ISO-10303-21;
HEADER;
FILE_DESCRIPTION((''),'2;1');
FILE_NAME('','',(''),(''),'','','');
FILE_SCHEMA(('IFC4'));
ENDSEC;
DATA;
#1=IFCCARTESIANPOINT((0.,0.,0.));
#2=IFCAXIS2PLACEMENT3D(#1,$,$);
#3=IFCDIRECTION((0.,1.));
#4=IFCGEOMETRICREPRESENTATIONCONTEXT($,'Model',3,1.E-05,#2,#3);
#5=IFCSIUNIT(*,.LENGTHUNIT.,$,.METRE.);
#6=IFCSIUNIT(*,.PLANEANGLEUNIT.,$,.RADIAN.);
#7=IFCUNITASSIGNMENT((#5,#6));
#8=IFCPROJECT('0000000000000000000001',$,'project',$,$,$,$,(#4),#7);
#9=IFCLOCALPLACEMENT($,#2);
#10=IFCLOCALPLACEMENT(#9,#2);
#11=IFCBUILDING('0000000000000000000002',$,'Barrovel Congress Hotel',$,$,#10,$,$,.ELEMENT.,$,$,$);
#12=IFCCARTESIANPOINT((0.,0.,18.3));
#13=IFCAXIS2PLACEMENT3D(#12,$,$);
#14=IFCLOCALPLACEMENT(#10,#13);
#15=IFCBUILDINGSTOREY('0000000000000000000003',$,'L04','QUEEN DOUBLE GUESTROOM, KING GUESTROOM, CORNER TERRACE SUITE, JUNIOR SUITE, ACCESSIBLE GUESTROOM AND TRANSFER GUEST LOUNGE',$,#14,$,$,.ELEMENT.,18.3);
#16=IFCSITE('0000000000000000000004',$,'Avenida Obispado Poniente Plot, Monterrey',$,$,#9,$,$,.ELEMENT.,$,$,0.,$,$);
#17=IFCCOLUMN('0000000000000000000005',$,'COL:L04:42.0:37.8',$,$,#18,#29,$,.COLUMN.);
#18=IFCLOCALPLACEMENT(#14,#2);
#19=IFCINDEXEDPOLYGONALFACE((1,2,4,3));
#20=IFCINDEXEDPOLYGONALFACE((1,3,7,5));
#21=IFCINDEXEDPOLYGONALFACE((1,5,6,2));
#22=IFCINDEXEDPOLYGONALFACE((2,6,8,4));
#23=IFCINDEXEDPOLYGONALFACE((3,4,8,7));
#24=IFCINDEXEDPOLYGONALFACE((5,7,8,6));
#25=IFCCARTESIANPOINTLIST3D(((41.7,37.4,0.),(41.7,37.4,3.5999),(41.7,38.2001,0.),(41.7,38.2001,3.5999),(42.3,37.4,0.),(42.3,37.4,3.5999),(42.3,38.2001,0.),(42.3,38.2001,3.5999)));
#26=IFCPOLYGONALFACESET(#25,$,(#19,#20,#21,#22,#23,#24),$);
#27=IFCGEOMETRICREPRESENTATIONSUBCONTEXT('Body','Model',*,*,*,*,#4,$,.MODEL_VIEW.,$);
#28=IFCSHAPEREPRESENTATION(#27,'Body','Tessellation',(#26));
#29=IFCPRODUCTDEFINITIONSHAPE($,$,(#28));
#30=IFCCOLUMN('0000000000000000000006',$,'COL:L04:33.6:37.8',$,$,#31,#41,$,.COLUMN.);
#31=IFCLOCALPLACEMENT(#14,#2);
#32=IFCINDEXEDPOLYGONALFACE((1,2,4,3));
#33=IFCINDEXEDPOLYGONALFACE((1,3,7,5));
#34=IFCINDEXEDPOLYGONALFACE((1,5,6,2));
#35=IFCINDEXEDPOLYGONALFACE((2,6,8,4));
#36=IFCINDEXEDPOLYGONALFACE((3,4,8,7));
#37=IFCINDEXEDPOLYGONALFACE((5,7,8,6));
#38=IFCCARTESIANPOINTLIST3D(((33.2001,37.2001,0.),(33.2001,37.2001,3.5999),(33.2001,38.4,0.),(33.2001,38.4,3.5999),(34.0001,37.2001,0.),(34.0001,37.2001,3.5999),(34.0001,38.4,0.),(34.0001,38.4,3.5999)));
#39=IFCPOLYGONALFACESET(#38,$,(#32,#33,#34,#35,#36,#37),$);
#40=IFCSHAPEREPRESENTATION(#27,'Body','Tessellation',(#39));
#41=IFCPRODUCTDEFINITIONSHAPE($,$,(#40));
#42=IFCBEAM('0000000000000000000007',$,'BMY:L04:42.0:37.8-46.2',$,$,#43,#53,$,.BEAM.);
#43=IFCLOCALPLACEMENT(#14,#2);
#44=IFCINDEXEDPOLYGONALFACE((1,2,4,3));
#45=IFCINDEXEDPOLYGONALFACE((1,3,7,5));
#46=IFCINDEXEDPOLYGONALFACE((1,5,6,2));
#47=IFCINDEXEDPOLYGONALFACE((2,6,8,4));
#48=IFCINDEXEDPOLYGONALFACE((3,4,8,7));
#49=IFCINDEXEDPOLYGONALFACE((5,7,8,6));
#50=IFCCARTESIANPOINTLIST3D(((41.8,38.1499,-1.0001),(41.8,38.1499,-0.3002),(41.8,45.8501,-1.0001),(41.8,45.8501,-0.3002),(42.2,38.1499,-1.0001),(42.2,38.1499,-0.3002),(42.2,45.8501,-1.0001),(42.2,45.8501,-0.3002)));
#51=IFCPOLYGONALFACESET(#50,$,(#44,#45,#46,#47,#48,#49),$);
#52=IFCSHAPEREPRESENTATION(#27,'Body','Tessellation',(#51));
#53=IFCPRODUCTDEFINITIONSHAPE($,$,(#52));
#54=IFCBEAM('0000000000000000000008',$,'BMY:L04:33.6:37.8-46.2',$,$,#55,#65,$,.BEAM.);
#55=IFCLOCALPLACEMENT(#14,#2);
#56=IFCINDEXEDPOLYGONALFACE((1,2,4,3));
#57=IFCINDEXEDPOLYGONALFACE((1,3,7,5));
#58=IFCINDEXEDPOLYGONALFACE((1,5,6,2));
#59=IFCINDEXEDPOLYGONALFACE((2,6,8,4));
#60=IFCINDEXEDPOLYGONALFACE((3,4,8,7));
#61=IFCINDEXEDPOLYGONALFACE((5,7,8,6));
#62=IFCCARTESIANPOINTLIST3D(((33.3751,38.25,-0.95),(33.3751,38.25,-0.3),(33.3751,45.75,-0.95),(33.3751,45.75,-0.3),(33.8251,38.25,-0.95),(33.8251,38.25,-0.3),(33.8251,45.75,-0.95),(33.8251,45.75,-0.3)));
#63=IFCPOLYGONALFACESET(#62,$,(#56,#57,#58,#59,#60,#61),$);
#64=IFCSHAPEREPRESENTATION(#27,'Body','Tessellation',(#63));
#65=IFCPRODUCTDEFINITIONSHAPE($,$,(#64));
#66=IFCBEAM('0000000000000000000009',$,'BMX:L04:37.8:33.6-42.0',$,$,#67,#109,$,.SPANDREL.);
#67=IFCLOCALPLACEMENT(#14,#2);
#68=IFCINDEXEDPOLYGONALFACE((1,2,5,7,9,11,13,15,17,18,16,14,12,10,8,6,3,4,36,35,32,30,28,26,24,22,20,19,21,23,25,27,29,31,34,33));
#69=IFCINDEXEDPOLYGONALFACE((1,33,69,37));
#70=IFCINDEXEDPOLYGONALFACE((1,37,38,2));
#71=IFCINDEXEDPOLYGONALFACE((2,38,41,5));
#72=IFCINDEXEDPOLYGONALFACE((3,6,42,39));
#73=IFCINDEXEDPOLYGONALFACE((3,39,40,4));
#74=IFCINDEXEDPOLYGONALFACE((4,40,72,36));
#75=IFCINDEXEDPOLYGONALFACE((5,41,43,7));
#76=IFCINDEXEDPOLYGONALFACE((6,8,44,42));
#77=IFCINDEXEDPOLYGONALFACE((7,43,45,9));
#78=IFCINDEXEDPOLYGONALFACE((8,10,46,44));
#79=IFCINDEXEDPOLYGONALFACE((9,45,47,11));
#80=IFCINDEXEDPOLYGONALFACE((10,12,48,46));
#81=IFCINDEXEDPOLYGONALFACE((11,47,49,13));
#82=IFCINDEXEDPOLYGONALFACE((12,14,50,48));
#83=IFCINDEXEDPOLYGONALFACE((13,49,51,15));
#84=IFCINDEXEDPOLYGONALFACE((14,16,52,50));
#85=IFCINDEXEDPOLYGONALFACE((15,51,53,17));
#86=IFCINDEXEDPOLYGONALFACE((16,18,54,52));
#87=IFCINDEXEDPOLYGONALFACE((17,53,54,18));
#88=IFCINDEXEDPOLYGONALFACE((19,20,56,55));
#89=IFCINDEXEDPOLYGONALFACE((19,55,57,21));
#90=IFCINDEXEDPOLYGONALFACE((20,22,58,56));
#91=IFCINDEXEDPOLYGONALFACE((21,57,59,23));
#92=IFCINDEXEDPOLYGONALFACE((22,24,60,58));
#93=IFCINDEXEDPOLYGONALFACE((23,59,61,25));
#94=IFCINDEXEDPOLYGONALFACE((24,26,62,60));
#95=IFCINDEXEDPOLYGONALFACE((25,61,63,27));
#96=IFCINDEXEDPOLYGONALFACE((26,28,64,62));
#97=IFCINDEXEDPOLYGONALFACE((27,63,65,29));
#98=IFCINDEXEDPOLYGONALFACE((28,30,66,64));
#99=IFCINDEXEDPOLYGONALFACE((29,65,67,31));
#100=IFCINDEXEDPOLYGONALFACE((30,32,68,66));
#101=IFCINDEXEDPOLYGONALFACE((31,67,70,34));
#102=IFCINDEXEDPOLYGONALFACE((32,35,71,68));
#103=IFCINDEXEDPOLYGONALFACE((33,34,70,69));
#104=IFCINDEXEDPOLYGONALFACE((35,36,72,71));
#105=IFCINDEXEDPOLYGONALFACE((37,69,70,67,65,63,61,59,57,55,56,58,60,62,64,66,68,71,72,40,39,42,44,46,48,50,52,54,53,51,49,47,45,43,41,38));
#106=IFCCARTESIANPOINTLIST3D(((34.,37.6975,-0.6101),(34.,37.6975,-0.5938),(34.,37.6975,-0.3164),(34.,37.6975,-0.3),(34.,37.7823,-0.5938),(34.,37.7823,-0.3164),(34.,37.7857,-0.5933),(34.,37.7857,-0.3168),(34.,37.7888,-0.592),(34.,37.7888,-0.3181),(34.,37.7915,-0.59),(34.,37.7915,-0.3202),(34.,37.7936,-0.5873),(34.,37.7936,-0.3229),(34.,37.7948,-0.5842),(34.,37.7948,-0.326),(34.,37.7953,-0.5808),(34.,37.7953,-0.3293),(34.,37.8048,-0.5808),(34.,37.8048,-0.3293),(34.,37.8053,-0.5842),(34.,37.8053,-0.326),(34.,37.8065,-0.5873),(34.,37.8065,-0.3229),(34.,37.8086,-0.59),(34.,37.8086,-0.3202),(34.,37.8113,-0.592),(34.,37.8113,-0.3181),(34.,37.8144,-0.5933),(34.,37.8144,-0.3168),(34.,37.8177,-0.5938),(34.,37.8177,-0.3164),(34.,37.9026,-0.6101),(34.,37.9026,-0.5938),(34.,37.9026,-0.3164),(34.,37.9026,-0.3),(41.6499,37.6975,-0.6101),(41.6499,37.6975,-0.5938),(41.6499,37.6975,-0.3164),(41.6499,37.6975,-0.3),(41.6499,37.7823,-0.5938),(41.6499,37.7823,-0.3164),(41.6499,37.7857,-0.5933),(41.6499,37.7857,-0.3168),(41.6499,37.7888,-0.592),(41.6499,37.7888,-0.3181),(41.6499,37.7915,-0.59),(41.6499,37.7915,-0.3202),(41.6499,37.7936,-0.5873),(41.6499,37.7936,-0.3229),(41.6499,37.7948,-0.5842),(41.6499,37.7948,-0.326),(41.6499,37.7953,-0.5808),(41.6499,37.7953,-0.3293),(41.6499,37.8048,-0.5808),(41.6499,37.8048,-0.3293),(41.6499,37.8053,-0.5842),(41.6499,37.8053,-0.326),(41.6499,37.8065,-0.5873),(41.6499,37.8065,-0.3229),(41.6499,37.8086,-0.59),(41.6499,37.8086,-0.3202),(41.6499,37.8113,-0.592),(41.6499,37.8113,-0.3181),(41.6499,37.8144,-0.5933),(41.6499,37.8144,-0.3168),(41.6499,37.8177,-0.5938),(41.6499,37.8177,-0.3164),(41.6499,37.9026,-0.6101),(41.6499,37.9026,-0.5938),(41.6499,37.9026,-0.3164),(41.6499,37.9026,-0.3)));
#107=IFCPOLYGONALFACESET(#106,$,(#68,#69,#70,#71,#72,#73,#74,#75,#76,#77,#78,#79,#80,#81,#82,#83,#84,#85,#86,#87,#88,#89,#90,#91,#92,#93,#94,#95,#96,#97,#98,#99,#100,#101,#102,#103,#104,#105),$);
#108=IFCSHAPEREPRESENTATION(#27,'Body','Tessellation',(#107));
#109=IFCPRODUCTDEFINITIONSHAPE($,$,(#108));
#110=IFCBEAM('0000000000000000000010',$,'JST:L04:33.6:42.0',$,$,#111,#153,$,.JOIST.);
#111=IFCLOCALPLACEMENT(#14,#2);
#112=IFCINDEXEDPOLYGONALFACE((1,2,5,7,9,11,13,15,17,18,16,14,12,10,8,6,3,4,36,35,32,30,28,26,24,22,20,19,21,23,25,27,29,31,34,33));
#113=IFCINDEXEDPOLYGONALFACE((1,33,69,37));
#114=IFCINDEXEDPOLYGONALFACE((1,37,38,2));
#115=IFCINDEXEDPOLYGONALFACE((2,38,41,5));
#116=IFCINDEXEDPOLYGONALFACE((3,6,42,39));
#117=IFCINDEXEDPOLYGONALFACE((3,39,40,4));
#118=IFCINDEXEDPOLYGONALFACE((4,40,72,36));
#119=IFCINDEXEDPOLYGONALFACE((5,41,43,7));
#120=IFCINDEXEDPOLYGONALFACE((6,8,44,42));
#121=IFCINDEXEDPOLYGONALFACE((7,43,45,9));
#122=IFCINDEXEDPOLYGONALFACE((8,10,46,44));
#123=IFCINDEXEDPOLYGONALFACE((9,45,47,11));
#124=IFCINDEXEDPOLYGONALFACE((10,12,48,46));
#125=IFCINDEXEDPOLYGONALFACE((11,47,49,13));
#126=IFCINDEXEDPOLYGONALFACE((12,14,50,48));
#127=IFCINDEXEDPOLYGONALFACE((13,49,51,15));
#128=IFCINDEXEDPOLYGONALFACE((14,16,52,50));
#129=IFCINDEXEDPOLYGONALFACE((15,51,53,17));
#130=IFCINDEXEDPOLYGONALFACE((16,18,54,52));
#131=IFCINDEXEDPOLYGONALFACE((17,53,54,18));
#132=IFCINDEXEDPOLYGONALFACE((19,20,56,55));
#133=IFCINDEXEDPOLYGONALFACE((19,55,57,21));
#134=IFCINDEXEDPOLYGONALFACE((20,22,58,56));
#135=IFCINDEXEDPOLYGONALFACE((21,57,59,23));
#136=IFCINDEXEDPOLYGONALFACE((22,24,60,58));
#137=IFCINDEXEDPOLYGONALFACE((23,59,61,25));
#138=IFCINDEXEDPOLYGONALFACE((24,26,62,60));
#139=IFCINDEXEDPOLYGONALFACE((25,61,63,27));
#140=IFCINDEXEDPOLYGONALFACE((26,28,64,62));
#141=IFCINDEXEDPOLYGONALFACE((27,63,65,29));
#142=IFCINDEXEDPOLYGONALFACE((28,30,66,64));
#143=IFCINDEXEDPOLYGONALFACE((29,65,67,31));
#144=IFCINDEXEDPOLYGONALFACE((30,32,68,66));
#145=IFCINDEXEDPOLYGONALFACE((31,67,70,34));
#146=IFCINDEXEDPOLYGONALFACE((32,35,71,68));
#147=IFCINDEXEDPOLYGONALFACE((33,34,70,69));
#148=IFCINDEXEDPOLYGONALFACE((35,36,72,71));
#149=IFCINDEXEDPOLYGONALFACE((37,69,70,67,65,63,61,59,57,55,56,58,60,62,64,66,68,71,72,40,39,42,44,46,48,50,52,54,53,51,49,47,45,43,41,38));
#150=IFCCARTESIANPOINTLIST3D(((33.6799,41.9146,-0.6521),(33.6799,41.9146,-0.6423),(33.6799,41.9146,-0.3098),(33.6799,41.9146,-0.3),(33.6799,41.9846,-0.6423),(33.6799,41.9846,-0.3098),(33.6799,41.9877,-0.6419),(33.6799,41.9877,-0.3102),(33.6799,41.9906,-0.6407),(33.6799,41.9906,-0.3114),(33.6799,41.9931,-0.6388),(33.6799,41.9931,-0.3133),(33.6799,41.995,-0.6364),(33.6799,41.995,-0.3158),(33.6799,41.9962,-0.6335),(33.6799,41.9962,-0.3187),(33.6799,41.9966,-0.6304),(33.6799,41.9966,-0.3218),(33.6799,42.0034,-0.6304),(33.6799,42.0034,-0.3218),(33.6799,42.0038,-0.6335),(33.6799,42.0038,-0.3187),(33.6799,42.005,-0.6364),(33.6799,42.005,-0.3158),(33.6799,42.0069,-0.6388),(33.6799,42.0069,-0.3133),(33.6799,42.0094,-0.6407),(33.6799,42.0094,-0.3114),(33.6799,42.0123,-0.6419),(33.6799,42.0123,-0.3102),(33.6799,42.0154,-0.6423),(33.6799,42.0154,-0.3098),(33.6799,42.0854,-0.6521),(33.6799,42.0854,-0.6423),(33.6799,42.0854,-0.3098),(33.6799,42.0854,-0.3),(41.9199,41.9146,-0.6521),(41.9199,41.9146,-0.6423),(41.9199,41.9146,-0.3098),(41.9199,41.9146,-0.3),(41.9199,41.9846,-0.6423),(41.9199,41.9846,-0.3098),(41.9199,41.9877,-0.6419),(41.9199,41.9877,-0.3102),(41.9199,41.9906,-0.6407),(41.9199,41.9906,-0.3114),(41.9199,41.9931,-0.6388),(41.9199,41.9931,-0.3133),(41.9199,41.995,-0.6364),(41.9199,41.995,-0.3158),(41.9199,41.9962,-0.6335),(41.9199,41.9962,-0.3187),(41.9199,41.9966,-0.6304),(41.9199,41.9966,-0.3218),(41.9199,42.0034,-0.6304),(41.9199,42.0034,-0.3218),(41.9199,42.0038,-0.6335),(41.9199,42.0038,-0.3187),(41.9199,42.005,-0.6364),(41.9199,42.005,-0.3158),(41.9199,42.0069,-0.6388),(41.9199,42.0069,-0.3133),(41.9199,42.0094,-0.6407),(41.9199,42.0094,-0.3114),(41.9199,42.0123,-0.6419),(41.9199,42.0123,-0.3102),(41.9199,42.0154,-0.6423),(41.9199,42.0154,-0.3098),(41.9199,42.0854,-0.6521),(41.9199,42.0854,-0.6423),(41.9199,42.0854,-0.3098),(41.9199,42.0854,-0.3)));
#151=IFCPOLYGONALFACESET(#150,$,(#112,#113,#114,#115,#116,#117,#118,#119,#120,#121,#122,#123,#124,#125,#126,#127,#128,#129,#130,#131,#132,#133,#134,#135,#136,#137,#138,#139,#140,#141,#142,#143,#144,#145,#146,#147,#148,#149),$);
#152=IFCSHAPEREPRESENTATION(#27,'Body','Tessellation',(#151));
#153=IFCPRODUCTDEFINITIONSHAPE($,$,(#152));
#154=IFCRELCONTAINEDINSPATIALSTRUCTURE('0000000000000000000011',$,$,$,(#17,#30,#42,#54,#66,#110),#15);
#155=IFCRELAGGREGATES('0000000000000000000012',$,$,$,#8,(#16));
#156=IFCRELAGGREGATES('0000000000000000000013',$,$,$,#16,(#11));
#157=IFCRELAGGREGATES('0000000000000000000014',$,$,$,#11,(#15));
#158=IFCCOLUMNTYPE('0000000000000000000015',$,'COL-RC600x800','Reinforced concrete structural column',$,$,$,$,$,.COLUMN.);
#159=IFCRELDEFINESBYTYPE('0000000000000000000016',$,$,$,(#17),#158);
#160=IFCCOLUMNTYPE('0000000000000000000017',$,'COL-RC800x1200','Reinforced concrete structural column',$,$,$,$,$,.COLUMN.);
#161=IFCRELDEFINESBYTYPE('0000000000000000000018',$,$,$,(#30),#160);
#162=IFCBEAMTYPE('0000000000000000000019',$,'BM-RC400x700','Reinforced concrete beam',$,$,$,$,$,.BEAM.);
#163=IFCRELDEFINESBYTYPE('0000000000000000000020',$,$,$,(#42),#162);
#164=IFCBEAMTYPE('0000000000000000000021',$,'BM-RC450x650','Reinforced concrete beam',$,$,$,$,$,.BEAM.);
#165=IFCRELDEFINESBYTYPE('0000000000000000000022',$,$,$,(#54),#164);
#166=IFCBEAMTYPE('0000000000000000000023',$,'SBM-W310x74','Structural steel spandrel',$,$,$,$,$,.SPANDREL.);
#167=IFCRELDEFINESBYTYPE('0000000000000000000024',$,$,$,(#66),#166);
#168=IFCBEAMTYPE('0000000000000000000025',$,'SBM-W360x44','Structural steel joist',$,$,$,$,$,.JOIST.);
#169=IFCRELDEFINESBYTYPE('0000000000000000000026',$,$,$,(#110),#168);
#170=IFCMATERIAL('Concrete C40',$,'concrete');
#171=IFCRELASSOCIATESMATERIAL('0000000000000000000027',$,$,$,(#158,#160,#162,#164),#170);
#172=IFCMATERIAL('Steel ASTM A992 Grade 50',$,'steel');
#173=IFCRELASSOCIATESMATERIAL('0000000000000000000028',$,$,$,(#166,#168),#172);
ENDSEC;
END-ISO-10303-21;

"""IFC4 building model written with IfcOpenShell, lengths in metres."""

from ifc_helpers import new_model, si_unit, direction, frame, origin, origin_2d, place, context, subcontext, project, spatial, rectangle, i_section, extrude, material, material_profile, profile_set, type_object, element, save


model = new_model("IFC4")

# Units and contexts
model_context = context("Model", 3, precision=1e-05, world=origin(), true_north=direction((0.0, 1.0)))
body_context = subcontext(model_context, "Body", "Model", "MODEL_VIEW")
ifc_project = project(units=[si_unit("LENGTHUNIT", "METRE"), si_unit("PLANEANGLEUNIT", "RADIAN")], contexts=[model_context])

# Site, building, storey
site_placement = place(None, origin())
site = spatial("IfcSite", under=ifc_project, at=site_placement, Name="Avenida Obispado Poniente Plot, Monterrey", CompositionType="ELEMENT", RefElevation=0.0)
building_placement = place(site_placement, origin())
building = spatial("IfcBuilding", under=site, at=building_placement, Name="Barrovel Congress Hotel", CompositionType="ELEMENT")
storey_placement = place(building_placement, frame((0.0, 0.0, 18.3)))
storey = spatial("IfcBuildingStorey", under=building, at=storey_placement, Name="L04", Description="QUEEN DOUBLE GUESTROOM, KING GUESTROOM, CORNER TERRACE SUITE, JUNIOR SUITE, ACCESSIBLE GUESTROOM AND TRANSFER GUEST LOUNGE", CompositionType="ELEMENT", Elevation=18.3)

# Columns
ifc_material_1 = material(Name="Concrete C40", Category="concrete")
ifc_material_profile_1 = material_profile(ifc_material_1, rectangle(XDim=0.6001, YDim=0.8, at=origin_2d()), Name="RC600x800")
ifc_profile_set_1 = profile_set([ifc_material_profile_1], Name="Concrete C40")
column_type_1 = type_object("IfcColumnType", Name="COL-RC600x800", Description="Reinforced concrete structural column", PredefinedType="COLUMN", material=ifc_profile_set_1)
column_1_placement = place(storey_placement, frame((42.0, 37.8, 0.0), z_axis=(0.0, 0.0, 1.0), x_axis=(1.0, 0.0, 0.0)))
element("IfcColumn", 1, at=column_1_placement, inside=storey, type_object=column_type_1, Name="COL:L04:42.0:37.8", PredefinedType="COLUMN", context=body_context, shape_type="SweptSolid", body=[
    extrude(rectangle(XDim=0.6001, YDim=0.8, at=origin_2d()), origin(), (0.0, 0.0, 1.0), 3.5999),
])
ifc_material_profile_2 = material_profile(ifc_material_1, rectangle(XDim=0.8, YDim=1.2, at=origin_2d()), Name="RC800x1200")
ifc_profile_set_2 = profile_set([ifc_material_profile_2], Name="Concrete C40")
column_type_2 = type_object("IfcColumnType", Name="COL-RC800x1200", Description="Reinforced concrete structural column", PredefinedType="COLUMN", material=ifc_profile_set_2)
column_2_placement = place(storey_placement, frame((33.6001, 37.8, 0.0), z_axis=(0.0, 0.0, 1.0), x_axis=(1.0, 0.0, 0.0)))
element("IfcColumn", 2, at=column_2_placement, inside=storey, type_object=column_type_2, Name="COL:L04:33.6:37.8", PredefinedType="COLUMN", context=body_context, shape_type="SweptSolid", body=[
    extrude(rectangle(XDim=0.8, YDim=1.2, at=origin_2d()), origin(), (0.0, 0.0, 1.0), 3.5999),
])

# Beams
ifc_material_profile_3 = material_profile(ifc_material_1, rectangle(XDim=0.3999, YDim=0.7, at=origin_2d()), Name="RC400x700")
ifc_profile_set_3 = profile_set([ifc_material_profile_3], Name="Concrete C40")
beam_type_1 = type_object("IfcBeamType", Name="BM-RC400x700", Description="Reinforced concrete beam", PredefinedType="BEAM", material=ifc_profile_set_3)
beam_1_placement = place(storey_placement, frame((42.0, 38.1499, -0.6501), z_axis=(0.0, 1.0, 0.0), x_axis=(-1.0, 0.0, 0.0)))
element("IfcBeam", 3, at=beam_1_placement, inside=storey, type_object=beam_type_1, Name="BMY:L04:42.0:37.8-46.2", PredefinedType="BEAM", context=body_context, shape_type="SweptSolid", body=[
    extrude(rectangle(XDim=0.3999, YDim=0.7, at=origin_2d()), origin(), (0.0, 0.0, 1.0), 7.7002),
])
ifc_material_profile_4 = material_profile(ifc_material_1, rectangle(XDim=0.45, YDim=0.6499, at=origin_2d()), Name="RC450x650")
ifc_profile_set_4 = profile_set([ifc_material_profile_4], Name="Concrete C40")
beam_type_2 = type_object("IfcBeamType", Name="BM-RC450x650", Description="Reinforced concrete beam", PredefinedType="BEAM", material=ifc_profile_set_4)
beam_2_placement = place(storey_placement, frame((33.6001, 38.25, -0.625), z_axis=(0.0, 1.0, 0.0), x_axis=(-1.0, 0.0, 0.0)))
element("IfcBeam", 4, at=beam_2_placement, inside=storey, type_object=beam_type_2, Name="BMY:L04:33.6:37.8-46.2", PredefinedType="BEAM", context=body_context, shape_type="SweptSolid", body=[
    extrude(rectangle(XDim=0.45, YDim=0.6499, at=origin_2d()), origin(), (0.0, 0.0, 1.0), 7.5),
])
ifc_material_2 = material(Name="Steel ASTM A992 Grade 50", Category="steel")
ifc_material_profile_5 = material_profile(ifc_material_2, i_section(OverallWidth=0.2051, OverallDepth=0.3101, WebThickness=0.0095, FlangeThickness=0.0164, FilletRadius=0.0129, at=origin_2d()), Name="W310x74")
ifc_profile_set_5 = profile_set([ifc_material_profile_5], Name="Steel ASTM A992 Grade 50")
beam_type_3 = type_object("IfcBeamType", Name="SBM-W310x74", Description="Structural steel spandrel", PredefinedType="SPANDREL", material=ifc_profile_set_5)
beam_3_placement = place(storey_placement, frame((34.0, 37.8, -0.4551), z_axis=(1.0, 0.0, 0.0), x_axis=(0.0, 1.0, 0.0)))
element("IfcBeam", 5, at=beam_3_placement, inside=storey, type_object=beam_type_3, Name="BMX:L04:37.8:33.6-42.0", PredefinedType="SPANDREL", context=body_context, shape_type="SweptSolid", body=[
    extrude(i_section(OverallWidth=0.2051, OverallDepth=0.3101, WebThickness=0.0095, FlangeThickness=0.0164, FilletRadius=0.0129, at=origin_2d()), origin(), (0.0, 0.0, 1.0), 7.6499),
])
ifc_material_profile_6 = material_profile(ifc_material_2, i_section(OverallWidth=0.1709, OverallDepth=0.3521, WebThickness=0.0068, FlangeThickness=0.0098, FilletRadius=0.012, at=origin_2d()), Name="W360x44")
ifc_profile_set_6 = profile_set([ifc_material_profile_6], Name="Steel ASTM A992 Grade 50")
beam_type_4 = type_object("IfcBeamType", Name="SBM-W360x44", Description="Structural steel joist", PredefinedType="JOIST", material=ifc_profile_set_6)
beam_4_placement = place(storey_placement, frame((33.6799, 42.0, -0.4761), z_axis=(1.0, 0.0, 0.0), x_axis=(0.0, 1.0, 0.0)))
element("IfcBeam", 6, at=beam_4_placement, inside=storey, type_object=beam_type_4, Name="JST:L04:33.6:42.0", PredefinedType="JOIST", context=body_context, shape_type="SweptSolid", body=[
    extrude(i_section(OverallWidth=0.1709, OverallDepth=0.3521, WebThickness=0.0068, FlangeThickness=0.0098, FilletRadius=0.012, at=origin_2d()), origin(), (0.0, 0.0, 1.0), 8.24),
])

save(model, "model.ifc")
